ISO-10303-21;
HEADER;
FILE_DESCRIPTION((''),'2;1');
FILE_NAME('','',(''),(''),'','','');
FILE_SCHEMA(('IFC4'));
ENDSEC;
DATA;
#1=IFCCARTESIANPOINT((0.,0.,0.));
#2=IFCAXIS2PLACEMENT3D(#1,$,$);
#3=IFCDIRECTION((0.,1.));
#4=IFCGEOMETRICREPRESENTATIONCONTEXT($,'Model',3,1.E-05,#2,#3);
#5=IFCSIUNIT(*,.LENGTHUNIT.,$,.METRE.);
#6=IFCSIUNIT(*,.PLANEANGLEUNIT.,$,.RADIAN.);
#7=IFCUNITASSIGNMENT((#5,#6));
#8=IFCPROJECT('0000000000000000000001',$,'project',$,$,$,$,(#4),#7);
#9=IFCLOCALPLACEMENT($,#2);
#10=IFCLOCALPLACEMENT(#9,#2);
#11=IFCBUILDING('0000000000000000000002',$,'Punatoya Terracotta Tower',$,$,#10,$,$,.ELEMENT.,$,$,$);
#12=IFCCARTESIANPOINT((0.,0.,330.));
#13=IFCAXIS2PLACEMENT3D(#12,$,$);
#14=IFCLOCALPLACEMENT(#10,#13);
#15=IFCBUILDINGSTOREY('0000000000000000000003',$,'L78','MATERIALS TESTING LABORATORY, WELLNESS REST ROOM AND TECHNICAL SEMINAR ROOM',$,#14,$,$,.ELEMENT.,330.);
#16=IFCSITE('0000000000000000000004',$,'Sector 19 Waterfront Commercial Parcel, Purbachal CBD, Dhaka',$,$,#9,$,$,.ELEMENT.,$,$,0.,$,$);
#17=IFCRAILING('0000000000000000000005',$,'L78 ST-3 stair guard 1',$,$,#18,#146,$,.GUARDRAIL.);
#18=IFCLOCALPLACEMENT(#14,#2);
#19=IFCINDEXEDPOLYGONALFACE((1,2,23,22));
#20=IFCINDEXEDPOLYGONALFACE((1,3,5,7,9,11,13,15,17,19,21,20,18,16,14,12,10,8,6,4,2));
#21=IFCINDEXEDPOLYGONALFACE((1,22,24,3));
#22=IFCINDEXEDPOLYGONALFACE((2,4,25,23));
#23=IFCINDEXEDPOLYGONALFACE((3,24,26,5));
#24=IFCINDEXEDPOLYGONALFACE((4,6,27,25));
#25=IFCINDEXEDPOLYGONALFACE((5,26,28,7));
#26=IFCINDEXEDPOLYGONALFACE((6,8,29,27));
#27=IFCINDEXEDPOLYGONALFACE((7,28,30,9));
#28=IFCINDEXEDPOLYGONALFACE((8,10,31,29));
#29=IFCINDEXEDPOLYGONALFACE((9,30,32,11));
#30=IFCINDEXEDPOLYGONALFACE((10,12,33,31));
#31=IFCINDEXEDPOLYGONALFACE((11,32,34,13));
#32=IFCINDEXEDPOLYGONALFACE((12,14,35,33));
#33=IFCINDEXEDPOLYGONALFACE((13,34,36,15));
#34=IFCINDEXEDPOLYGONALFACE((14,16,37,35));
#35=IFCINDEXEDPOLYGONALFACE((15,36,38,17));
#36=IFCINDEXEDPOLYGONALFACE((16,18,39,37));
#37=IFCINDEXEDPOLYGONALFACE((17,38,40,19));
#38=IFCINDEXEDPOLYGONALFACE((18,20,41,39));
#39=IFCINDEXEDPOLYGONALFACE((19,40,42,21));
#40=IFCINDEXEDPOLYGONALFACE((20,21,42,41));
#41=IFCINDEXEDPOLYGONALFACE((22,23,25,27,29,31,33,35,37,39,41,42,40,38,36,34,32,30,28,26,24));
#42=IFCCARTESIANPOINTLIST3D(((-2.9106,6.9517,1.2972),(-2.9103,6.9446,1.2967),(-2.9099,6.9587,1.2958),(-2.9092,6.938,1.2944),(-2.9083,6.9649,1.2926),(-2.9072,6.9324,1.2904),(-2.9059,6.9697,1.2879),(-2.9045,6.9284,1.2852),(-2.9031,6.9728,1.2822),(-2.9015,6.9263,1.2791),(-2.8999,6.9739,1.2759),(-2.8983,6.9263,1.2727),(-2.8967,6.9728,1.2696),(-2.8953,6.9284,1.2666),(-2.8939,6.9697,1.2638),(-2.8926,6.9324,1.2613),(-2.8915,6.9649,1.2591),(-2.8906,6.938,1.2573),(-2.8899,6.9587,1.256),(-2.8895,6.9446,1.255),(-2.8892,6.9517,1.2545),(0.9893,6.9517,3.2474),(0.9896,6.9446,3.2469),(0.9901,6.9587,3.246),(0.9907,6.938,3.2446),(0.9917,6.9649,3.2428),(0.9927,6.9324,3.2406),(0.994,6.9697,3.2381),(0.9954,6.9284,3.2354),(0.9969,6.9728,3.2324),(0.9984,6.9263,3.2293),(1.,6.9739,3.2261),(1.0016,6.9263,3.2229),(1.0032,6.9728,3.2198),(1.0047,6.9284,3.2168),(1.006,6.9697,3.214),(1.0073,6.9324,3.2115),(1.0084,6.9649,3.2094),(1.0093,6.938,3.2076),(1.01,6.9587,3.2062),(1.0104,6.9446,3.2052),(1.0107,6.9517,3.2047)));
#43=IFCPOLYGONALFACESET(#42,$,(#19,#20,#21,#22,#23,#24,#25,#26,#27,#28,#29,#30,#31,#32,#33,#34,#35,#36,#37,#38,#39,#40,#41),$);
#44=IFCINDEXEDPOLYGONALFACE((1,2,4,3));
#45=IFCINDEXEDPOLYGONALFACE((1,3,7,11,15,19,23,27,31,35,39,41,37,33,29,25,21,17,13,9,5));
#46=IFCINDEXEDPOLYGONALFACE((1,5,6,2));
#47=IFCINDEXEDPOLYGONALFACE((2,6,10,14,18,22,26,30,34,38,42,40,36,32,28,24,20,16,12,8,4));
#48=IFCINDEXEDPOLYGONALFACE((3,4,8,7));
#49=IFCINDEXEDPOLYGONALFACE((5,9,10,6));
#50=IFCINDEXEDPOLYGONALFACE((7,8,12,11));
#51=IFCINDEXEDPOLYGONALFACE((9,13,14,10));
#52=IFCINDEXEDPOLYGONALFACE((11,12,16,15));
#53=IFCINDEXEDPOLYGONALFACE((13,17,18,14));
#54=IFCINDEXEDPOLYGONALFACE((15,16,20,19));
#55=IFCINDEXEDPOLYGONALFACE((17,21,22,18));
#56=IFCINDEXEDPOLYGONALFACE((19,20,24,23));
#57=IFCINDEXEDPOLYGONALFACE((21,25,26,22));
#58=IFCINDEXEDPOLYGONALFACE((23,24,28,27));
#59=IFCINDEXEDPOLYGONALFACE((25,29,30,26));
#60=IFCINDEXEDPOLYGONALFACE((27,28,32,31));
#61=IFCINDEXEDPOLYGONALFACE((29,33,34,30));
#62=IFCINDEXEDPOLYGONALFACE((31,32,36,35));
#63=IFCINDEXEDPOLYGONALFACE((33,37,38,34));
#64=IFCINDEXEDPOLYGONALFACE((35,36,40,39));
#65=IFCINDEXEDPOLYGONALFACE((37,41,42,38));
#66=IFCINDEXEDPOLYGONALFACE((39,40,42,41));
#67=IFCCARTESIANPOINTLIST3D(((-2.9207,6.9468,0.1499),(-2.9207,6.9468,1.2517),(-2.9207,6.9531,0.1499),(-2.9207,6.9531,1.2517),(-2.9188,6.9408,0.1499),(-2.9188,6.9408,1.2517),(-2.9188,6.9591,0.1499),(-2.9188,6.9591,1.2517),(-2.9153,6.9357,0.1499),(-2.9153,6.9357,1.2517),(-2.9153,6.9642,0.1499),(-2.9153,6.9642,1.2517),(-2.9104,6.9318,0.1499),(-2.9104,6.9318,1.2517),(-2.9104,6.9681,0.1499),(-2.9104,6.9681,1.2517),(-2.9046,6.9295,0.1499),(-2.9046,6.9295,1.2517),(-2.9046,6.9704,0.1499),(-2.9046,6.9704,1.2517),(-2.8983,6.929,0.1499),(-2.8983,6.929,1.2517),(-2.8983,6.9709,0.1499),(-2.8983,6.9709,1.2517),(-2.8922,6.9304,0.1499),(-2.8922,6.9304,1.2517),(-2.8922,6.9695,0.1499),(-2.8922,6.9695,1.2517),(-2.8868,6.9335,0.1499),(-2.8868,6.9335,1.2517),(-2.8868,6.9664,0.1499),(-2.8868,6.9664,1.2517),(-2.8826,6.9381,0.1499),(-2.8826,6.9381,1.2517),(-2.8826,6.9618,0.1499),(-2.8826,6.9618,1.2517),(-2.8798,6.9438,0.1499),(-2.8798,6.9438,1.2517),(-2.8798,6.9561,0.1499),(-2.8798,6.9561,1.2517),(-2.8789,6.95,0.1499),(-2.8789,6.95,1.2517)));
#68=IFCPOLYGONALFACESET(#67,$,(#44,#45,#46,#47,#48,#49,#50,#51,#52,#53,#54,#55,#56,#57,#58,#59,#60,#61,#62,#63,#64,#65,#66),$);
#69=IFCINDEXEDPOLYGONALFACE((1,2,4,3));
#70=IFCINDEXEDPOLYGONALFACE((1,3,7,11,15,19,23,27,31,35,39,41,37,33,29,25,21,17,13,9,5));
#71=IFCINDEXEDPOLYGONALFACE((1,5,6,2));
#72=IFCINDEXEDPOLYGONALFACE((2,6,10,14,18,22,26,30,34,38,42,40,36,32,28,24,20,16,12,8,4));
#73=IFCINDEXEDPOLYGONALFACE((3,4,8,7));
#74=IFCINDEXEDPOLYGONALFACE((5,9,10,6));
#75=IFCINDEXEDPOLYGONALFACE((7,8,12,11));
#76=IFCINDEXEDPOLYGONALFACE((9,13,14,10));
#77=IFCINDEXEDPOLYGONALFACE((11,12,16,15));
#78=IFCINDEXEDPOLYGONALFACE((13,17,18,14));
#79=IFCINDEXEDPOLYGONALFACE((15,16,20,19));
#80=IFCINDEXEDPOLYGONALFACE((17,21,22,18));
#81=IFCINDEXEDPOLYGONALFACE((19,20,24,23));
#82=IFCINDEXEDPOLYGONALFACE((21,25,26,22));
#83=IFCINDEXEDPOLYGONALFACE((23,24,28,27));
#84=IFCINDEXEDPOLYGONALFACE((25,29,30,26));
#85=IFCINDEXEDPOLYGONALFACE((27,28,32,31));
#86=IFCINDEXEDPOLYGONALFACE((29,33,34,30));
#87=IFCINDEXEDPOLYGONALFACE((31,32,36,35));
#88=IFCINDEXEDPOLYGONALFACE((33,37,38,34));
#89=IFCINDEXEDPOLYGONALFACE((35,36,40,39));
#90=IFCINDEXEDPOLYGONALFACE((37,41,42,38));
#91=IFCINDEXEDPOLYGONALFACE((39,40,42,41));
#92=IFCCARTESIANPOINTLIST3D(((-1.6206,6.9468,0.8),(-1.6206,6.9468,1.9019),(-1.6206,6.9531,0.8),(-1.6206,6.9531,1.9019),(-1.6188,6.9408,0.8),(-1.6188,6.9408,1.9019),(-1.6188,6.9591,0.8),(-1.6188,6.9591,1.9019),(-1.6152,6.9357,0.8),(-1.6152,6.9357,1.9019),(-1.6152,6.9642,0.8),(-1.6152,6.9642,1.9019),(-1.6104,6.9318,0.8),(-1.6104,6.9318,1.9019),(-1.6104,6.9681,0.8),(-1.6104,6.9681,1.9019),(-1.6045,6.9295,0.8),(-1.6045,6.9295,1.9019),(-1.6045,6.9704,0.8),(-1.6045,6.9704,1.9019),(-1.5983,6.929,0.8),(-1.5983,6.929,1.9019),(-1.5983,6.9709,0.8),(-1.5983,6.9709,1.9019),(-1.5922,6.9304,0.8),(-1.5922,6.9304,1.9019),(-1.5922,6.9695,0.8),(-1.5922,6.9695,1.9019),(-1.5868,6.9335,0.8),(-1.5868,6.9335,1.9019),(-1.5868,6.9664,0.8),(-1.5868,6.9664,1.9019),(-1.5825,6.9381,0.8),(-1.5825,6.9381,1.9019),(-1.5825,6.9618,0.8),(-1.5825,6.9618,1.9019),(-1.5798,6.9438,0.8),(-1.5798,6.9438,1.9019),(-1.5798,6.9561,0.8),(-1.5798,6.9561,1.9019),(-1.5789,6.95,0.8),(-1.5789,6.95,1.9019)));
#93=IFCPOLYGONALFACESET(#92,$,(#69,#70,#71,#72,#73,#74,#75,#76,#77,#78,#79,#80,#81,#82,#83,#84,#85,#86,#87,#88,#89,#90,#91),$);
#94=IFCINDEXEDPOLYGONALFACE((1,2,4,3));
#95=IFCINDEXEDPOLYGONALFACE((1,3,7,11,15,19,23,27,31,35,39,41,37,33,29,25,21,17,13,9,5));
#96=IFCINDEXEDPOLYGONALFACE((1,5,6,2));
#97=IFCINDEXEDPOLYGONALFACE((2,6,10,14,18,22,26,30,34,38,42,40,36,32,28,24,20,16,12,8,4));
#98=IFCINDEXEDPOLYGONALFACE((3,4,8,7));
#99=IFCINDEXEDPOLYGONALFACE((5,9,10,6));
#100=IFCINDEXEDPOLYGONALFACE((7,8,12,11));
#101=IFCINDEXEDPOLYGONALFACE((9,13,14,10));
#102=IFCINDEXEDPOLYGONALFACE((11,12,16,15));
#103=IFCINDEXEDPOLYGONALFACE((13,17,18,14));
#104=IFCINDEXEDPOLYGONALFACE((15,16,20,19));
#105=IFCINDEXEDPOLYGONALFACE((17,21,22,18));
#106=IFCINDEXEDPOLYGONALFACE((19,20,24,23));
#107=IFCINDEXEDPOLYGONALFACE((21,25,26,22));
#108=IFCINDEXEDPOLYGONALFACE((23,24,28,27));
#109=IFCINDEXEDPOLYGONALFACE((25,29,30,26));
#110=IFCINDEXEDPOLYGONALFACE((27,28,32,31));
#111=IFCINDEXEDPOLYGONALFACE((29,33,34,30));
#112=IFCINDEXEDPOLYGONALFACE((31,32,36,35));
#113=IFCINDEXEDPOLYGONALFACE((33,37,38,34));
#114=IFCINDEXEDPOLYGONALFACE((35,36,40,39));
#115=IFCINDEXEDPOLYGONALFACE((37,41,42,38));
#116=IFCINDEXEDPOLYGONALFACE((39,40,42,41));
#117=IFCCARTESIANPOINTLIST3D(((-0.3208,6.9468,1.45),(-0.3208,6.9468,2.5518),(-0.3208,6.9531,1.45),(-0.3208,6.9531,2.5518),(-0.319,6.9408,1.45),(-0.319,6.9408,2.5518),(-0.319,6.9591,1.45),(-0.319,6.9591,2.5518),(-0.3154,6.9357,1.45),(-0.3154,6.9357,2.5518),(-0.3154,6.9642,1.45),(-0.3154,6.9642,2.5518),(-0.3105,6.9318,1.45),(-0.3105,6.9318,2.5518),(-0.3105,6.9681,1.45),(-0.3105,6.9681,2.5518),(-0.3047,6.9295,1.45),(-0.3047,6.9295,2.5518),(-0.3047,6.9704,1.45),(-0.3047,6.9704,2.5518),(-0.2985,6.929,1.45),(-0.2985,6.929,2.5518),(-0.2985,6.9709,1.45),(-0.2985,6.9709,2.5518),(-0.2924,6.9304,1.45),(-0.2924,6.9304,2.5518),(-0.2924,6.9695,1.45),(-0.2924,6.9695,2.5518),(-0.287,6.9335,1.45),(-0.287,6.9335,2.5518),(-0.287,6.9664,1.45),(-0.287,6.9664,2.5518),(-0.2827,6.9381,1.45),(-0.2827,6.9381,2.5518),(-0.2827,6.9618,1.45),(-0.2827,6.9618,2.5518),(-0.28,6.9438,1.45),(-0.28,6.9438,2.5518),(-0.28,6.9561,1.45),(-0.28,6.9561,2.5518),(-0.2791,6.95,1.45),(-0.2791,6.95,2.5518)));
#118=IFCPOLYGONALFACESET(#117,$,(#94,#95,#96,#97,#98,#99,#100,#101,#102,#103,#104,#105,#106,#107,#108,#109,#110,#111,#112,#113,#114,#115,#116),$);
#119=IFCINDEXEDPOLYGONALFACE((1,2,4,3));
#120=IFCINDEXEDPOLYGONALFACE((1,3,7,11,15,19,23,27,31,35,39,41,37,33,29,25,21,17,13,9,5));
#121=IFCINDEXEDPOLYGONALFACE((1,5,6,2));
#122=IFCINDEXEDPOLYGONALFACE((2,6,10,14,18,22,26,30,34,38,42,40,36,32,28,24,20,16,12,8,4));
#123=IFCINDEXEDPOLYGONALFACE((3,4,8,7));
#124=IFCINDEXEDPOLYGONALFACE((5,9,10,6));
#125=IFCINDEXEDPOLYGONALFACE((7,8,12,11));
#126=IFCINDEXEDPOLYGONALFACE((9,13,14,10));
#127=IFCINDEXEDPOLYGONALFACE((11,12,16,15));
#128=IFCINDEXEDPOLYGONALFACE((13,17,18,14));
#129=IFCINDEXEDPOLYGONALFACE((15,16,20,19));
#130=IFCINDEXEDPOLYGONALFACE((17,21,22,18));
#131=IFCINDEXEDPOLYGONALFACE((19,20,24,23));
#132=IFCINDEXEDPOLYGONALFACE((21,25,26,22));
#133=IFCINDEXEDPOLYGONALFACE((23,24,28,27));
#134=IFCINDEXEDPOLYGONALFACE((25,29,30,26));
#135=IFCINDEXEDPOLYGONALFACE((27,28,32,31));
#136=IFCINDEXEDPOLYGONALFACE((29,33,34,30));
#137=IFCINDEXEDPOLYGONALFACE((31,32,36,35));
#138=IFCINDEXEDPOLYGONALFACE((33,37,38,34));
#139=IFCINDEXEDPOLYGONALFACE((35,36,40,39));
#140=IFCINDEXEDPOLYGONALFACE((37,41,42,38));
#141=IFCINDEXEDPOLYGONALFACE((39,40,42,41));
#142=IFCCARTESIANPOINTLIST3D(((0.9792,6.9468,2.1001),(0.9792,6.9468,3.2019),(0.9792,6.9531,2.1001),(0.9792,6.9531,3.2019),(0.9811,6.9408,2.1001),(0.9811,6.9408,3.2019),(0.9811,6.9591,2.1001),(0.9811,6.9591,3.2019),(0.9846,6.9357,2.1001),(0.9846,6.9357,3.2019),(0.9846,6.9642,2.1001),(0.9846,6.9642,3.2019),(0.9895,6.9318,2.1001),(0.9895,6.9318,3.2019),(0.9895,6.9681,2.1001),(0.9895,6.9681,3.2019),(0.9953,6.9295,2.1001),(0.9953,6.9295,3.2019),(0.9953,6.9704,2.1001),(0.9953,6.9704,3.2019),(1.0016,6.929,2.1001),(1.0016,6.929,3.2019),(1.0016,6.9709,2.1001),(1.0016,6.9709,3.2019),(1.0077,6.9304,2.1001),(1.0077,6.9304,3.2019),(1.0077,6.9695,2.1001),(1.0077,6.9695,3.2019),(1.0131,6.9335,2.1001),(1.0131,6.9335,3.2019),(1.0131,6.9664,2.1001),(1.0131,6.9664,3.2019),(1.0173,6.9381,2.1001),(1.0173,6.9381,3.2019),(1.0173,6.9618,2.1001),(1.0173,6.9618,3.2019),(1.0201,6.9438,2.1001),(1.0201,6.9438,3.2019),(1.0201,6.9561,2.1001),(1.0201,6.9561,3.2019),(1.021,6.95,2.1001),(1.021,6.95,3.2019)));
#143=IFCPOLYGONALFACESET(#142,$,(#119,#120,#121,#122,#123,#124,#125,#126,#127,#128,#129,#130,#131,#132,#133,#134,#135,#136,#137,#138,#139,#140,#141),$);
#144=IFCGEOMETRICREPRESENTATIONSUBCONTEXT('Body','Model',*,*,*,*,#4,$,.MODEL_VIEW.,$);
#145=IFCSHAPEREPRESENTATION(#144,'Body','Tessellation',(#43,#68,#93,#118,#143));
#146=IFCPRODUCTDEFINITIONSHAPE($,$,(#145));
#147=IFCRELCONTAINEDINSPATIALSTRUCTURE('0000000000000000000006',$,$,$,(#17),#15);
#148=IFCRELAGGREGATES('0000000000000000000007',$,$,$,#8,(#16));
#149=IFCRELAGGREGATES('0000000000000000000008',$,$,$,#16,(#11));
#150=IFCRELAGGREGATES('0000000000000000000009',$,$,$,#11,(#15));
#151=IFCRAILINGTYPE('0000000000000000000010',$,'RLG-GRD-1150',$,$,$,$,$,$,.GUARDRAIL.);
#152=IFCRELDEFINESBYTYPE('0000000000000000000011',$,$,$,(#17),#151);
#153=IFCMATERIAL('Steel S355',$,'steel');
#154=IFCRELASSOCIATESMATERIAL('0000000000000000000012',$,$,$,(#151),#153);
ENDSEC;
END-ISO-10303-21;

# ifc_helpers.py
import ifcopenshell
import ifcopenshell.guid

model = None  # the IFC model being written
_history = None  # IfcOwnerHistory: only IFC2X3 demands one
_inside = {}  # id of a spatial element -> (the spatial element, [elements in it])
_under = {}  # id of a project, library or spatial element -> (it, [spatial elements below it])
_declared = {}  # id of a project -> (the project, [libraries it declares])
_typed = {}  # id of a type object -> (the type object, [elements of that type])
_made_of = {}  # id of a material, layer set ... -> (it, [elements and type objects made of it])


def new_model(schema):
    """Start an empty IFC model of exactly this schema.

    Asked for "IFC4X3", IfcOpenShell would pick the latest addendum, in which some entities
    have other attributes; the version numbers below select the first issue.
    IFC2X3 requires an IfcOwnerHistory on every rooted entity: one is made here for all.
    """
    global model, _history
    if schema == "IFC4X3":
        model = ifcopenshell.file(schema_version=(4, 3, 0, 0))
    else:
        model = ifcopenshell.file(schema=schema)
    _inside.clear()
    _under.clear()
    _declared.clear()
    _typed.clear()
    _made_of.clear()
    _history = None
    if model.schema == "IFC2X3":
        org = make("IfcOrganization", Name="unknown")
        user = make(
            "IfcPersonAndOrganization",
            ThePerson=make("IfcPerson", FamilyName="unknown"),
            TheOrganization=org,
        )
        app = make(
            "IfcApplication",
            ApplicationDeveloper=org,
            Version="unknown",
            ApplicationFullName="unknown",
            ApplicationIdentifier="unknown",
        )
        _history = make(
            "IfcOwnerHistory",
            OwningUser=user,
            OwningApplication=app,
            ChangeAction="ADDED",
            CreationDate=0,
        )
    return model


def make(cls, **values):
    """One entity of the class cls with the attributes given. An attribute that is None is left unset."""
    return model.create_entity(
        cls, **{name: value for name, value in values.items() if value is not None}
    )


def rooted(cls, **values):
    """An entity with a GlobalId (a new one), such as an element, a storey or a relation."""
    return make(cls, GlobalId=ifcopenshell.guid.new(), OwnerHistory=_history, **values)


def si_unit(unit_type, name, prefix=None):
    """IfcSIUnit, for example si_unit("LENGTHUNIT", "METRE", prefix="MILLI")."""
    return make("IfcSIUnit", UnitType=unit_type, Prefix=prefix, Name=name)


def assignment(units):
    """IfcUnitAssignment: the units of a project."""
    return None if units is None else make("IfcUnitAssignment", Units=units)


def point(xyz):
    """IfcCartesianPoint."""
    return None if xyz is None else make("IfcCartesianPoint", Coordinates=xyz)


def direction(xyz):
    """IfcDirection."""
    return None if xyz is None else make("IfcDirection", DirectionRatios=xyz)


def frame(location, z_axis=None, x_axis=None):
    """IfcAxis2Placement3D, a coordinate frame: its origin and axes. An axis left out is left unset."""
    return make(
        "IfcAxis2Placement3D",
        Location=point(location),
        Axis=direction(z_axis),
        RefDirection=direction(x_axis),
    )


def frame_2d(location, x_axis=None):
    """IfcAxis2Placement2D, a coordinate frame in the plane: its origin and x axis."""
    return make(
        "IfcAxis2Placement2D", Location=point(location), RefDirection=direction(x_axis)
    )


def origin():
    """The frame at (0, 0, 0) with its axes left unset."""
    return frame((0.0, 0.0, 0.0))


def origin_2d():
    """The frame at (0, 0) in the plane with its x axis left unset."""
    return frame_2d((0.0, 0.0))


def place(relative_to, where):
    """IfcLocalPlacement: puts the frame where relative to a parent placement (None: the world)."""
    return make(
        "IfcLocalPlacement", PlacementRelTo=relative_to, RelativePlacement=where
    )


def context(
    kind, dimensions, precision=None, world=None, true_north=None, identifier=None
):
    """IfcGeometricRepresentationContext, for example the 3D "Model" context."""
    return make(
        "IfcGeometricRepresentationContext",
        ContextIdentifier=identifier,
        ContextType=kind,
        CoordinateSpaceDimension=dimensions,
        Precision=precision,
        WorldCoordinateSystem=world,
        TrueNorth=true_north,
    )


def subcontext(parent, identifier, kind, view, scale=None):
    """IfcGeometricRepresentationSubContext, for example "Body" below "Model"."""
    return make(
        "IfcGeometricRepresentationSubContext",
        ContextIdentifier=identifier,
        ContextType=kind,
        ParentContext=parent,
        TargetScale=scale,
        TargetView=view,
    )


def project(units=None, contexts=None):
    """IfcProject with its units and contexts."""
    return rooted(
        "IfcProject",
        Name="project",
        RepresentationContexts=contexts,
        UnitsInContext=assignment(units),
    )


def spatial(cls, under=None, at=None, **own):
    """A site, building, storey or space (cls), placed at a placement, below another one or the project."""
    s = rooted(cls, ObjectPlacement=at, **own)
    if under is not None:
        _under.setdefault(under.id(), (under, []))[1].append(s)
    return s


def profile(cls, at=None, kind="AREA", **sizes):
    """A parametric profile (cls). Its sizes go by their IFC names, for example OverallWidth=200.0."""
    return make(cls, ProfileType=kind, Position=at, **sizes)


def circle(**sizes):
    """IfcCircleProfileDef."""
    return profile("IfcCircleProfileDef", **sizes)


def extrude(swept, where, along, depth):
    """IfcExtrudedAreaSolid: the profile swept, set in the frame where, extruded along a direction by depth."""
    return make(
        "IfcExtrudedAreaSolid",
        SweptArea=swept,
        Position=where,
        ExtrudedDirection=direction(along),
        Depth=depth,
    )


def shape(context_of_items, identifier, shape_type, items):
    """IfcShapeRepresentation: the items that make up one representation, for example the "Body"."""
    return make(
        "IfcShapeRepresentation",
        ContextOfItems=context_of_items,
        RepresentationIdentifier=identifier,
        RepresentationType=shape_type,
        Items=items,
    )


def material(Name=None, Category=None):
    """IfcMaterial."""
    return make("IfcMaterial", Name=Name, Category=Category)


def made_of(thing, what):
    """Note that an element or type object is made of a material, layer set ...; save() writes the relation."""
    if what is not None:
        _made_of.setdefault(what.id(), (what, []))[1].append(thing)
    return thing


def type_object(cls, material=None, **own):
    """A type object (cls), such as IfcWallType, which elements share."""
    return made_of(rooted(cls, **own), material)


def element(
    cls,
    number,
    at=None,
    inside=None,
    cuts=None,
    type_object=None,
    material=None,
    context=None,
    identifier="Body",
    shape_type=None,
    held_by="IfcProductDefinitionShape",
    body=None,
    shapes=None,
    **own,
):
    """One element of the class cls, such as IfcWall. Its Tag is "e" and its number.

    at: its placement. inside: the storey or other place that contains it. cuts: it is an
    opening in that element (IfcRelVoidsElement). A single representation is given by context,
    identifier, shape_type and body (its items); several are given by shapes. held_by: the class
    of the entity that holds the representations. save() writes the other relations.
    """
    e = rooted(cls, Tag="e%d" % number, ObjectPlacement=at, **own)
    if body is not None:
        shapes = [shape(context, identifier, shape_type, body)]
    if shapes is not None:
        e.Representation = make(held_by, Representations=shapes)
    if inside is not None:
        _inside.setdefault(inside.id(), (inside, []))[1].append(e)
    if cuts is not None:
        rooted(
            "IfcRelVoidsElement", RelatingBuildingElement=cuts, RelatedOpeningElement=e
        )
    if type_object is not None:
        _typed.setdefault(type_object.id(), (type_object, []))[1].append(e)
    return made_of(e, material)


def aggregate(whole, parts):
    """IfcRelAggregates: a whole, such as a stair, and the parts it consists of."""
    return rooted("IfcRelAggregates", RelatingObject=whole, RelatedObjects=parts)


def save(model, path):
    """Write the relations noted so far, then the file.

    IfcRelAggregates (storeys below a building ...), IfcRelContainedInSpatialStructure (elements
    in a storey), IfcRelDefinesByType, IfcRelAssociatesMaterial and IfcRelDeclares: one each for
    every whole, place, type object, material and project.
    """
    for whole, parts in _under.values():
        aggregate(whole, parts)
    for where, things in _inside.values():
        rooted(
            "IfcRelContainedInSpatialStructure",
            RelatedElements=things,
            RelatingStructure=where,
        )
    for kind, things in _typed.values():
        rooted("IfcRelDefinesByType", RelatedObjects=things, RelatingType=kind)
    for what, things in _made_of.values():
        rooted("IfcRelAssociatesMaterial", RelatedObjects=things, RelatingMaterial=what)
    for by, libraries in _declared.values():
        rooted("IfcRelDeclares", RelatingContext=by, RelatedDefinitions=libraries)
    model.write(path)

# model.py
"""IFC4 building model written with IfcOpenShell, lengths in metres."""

from ifc_helpers import new_model, si_unit, direction, frame, origin, origin_2d, place, context, subcontext, project, spatial, circle, extrude, material, type_object, element, save


model = new_model("IFC4")

# Units and contexts
model_context = context("Model", 3, precision=1e-05, world=origin(), true_north=direction((0.0, 1.0)))
body_context = subcontext(model_context, "Body", "Model", "MODEL_VIEW")
ifc_project = project(units=[si_unit("LENGTHUNIT", "METRE"), si_unit("PLANEANGLEUNIT", "RADIAN")], contexts=[model_context])

# Site, building, storey
site_placement = place(None, origin())
site = spatial("IfcSite", under=ifc_project, at=site_placement, Name="Sector 19 Waterfront Commercial Parcel, Purbachal CBD, Dhaka", CompositionType="ELEMENT", RefElevation=0.0)
building_placement = place(site_placement, origin())
building = spatial("IfcBuilding", under=site, at=building_placement, Name="Punatoya Terracotta Tower", CompositionType="ELEMENT")
storey_placement = place(building_placement, frame((0.0, 0.0, 330.0)))
storey = spatial("IfcBuildingStorey", under=building, at=storey_placement, Name="L78", Description="MATERIALS TESTING LABORATORY, WELLNESS REST ROOM AND TECHNICAL SEMINAR ROOM", CompositionType="ELEMENT", Elevation=330.0)

# Shared definitions
ifc_material_1 = material(Name="Steel S355", Category="steel")

# Railing
railing_type_1 = type_object("IfcRailingType", Name="RLG-GRD-1150", PredefinedType="GUARDRAIL", material=ifc_material_1)
railing_1_placement = place(storey_placement, frame((-2.8999, 6.95, 0.1499)))
element("IfcRailing", 1, at=railing_1_placement, inside=storey, type_object=railing_type_1, Name="L78 ST-3 stair guard 1", PredefinedType="GUARDRAIL", context=body_context, shape_type="SweptSolid", body=[
    extrude(circle(Radius=0.0239, at=origin_2d()), frame((0.0, 0.0, 1.126), z_axis=(0.894405, 0.0, 0.447258), x_axis=(0.0, 1.0, 0.0)), (0.0, 0.0, 1.0), 4.3604),
    extrude(circle(Radius=0.021, at=origin_2d()), origin(), (0.0, 0.0, 1.0), 1.1018),
    extrude(circle(Radius=0.021, at=origin_2d()), frame((1.3, 0.0, 0.6501)), (0.0, 0.0, 1.0), 1.1018),
    extrude(circle(Radius=0.021, at=origin_2d()), frame((2.5999, 0.0, 1.3)), (0.0, 0.0, 1.0), 1.1018),
    extrude(circle(Radius=0.021, at=origin_2d()), frame((3.8999, 0.0, 1.9502)), (0.0, 0.0, 1.0), 1.1018),
])

save(model, "model.ifc")
